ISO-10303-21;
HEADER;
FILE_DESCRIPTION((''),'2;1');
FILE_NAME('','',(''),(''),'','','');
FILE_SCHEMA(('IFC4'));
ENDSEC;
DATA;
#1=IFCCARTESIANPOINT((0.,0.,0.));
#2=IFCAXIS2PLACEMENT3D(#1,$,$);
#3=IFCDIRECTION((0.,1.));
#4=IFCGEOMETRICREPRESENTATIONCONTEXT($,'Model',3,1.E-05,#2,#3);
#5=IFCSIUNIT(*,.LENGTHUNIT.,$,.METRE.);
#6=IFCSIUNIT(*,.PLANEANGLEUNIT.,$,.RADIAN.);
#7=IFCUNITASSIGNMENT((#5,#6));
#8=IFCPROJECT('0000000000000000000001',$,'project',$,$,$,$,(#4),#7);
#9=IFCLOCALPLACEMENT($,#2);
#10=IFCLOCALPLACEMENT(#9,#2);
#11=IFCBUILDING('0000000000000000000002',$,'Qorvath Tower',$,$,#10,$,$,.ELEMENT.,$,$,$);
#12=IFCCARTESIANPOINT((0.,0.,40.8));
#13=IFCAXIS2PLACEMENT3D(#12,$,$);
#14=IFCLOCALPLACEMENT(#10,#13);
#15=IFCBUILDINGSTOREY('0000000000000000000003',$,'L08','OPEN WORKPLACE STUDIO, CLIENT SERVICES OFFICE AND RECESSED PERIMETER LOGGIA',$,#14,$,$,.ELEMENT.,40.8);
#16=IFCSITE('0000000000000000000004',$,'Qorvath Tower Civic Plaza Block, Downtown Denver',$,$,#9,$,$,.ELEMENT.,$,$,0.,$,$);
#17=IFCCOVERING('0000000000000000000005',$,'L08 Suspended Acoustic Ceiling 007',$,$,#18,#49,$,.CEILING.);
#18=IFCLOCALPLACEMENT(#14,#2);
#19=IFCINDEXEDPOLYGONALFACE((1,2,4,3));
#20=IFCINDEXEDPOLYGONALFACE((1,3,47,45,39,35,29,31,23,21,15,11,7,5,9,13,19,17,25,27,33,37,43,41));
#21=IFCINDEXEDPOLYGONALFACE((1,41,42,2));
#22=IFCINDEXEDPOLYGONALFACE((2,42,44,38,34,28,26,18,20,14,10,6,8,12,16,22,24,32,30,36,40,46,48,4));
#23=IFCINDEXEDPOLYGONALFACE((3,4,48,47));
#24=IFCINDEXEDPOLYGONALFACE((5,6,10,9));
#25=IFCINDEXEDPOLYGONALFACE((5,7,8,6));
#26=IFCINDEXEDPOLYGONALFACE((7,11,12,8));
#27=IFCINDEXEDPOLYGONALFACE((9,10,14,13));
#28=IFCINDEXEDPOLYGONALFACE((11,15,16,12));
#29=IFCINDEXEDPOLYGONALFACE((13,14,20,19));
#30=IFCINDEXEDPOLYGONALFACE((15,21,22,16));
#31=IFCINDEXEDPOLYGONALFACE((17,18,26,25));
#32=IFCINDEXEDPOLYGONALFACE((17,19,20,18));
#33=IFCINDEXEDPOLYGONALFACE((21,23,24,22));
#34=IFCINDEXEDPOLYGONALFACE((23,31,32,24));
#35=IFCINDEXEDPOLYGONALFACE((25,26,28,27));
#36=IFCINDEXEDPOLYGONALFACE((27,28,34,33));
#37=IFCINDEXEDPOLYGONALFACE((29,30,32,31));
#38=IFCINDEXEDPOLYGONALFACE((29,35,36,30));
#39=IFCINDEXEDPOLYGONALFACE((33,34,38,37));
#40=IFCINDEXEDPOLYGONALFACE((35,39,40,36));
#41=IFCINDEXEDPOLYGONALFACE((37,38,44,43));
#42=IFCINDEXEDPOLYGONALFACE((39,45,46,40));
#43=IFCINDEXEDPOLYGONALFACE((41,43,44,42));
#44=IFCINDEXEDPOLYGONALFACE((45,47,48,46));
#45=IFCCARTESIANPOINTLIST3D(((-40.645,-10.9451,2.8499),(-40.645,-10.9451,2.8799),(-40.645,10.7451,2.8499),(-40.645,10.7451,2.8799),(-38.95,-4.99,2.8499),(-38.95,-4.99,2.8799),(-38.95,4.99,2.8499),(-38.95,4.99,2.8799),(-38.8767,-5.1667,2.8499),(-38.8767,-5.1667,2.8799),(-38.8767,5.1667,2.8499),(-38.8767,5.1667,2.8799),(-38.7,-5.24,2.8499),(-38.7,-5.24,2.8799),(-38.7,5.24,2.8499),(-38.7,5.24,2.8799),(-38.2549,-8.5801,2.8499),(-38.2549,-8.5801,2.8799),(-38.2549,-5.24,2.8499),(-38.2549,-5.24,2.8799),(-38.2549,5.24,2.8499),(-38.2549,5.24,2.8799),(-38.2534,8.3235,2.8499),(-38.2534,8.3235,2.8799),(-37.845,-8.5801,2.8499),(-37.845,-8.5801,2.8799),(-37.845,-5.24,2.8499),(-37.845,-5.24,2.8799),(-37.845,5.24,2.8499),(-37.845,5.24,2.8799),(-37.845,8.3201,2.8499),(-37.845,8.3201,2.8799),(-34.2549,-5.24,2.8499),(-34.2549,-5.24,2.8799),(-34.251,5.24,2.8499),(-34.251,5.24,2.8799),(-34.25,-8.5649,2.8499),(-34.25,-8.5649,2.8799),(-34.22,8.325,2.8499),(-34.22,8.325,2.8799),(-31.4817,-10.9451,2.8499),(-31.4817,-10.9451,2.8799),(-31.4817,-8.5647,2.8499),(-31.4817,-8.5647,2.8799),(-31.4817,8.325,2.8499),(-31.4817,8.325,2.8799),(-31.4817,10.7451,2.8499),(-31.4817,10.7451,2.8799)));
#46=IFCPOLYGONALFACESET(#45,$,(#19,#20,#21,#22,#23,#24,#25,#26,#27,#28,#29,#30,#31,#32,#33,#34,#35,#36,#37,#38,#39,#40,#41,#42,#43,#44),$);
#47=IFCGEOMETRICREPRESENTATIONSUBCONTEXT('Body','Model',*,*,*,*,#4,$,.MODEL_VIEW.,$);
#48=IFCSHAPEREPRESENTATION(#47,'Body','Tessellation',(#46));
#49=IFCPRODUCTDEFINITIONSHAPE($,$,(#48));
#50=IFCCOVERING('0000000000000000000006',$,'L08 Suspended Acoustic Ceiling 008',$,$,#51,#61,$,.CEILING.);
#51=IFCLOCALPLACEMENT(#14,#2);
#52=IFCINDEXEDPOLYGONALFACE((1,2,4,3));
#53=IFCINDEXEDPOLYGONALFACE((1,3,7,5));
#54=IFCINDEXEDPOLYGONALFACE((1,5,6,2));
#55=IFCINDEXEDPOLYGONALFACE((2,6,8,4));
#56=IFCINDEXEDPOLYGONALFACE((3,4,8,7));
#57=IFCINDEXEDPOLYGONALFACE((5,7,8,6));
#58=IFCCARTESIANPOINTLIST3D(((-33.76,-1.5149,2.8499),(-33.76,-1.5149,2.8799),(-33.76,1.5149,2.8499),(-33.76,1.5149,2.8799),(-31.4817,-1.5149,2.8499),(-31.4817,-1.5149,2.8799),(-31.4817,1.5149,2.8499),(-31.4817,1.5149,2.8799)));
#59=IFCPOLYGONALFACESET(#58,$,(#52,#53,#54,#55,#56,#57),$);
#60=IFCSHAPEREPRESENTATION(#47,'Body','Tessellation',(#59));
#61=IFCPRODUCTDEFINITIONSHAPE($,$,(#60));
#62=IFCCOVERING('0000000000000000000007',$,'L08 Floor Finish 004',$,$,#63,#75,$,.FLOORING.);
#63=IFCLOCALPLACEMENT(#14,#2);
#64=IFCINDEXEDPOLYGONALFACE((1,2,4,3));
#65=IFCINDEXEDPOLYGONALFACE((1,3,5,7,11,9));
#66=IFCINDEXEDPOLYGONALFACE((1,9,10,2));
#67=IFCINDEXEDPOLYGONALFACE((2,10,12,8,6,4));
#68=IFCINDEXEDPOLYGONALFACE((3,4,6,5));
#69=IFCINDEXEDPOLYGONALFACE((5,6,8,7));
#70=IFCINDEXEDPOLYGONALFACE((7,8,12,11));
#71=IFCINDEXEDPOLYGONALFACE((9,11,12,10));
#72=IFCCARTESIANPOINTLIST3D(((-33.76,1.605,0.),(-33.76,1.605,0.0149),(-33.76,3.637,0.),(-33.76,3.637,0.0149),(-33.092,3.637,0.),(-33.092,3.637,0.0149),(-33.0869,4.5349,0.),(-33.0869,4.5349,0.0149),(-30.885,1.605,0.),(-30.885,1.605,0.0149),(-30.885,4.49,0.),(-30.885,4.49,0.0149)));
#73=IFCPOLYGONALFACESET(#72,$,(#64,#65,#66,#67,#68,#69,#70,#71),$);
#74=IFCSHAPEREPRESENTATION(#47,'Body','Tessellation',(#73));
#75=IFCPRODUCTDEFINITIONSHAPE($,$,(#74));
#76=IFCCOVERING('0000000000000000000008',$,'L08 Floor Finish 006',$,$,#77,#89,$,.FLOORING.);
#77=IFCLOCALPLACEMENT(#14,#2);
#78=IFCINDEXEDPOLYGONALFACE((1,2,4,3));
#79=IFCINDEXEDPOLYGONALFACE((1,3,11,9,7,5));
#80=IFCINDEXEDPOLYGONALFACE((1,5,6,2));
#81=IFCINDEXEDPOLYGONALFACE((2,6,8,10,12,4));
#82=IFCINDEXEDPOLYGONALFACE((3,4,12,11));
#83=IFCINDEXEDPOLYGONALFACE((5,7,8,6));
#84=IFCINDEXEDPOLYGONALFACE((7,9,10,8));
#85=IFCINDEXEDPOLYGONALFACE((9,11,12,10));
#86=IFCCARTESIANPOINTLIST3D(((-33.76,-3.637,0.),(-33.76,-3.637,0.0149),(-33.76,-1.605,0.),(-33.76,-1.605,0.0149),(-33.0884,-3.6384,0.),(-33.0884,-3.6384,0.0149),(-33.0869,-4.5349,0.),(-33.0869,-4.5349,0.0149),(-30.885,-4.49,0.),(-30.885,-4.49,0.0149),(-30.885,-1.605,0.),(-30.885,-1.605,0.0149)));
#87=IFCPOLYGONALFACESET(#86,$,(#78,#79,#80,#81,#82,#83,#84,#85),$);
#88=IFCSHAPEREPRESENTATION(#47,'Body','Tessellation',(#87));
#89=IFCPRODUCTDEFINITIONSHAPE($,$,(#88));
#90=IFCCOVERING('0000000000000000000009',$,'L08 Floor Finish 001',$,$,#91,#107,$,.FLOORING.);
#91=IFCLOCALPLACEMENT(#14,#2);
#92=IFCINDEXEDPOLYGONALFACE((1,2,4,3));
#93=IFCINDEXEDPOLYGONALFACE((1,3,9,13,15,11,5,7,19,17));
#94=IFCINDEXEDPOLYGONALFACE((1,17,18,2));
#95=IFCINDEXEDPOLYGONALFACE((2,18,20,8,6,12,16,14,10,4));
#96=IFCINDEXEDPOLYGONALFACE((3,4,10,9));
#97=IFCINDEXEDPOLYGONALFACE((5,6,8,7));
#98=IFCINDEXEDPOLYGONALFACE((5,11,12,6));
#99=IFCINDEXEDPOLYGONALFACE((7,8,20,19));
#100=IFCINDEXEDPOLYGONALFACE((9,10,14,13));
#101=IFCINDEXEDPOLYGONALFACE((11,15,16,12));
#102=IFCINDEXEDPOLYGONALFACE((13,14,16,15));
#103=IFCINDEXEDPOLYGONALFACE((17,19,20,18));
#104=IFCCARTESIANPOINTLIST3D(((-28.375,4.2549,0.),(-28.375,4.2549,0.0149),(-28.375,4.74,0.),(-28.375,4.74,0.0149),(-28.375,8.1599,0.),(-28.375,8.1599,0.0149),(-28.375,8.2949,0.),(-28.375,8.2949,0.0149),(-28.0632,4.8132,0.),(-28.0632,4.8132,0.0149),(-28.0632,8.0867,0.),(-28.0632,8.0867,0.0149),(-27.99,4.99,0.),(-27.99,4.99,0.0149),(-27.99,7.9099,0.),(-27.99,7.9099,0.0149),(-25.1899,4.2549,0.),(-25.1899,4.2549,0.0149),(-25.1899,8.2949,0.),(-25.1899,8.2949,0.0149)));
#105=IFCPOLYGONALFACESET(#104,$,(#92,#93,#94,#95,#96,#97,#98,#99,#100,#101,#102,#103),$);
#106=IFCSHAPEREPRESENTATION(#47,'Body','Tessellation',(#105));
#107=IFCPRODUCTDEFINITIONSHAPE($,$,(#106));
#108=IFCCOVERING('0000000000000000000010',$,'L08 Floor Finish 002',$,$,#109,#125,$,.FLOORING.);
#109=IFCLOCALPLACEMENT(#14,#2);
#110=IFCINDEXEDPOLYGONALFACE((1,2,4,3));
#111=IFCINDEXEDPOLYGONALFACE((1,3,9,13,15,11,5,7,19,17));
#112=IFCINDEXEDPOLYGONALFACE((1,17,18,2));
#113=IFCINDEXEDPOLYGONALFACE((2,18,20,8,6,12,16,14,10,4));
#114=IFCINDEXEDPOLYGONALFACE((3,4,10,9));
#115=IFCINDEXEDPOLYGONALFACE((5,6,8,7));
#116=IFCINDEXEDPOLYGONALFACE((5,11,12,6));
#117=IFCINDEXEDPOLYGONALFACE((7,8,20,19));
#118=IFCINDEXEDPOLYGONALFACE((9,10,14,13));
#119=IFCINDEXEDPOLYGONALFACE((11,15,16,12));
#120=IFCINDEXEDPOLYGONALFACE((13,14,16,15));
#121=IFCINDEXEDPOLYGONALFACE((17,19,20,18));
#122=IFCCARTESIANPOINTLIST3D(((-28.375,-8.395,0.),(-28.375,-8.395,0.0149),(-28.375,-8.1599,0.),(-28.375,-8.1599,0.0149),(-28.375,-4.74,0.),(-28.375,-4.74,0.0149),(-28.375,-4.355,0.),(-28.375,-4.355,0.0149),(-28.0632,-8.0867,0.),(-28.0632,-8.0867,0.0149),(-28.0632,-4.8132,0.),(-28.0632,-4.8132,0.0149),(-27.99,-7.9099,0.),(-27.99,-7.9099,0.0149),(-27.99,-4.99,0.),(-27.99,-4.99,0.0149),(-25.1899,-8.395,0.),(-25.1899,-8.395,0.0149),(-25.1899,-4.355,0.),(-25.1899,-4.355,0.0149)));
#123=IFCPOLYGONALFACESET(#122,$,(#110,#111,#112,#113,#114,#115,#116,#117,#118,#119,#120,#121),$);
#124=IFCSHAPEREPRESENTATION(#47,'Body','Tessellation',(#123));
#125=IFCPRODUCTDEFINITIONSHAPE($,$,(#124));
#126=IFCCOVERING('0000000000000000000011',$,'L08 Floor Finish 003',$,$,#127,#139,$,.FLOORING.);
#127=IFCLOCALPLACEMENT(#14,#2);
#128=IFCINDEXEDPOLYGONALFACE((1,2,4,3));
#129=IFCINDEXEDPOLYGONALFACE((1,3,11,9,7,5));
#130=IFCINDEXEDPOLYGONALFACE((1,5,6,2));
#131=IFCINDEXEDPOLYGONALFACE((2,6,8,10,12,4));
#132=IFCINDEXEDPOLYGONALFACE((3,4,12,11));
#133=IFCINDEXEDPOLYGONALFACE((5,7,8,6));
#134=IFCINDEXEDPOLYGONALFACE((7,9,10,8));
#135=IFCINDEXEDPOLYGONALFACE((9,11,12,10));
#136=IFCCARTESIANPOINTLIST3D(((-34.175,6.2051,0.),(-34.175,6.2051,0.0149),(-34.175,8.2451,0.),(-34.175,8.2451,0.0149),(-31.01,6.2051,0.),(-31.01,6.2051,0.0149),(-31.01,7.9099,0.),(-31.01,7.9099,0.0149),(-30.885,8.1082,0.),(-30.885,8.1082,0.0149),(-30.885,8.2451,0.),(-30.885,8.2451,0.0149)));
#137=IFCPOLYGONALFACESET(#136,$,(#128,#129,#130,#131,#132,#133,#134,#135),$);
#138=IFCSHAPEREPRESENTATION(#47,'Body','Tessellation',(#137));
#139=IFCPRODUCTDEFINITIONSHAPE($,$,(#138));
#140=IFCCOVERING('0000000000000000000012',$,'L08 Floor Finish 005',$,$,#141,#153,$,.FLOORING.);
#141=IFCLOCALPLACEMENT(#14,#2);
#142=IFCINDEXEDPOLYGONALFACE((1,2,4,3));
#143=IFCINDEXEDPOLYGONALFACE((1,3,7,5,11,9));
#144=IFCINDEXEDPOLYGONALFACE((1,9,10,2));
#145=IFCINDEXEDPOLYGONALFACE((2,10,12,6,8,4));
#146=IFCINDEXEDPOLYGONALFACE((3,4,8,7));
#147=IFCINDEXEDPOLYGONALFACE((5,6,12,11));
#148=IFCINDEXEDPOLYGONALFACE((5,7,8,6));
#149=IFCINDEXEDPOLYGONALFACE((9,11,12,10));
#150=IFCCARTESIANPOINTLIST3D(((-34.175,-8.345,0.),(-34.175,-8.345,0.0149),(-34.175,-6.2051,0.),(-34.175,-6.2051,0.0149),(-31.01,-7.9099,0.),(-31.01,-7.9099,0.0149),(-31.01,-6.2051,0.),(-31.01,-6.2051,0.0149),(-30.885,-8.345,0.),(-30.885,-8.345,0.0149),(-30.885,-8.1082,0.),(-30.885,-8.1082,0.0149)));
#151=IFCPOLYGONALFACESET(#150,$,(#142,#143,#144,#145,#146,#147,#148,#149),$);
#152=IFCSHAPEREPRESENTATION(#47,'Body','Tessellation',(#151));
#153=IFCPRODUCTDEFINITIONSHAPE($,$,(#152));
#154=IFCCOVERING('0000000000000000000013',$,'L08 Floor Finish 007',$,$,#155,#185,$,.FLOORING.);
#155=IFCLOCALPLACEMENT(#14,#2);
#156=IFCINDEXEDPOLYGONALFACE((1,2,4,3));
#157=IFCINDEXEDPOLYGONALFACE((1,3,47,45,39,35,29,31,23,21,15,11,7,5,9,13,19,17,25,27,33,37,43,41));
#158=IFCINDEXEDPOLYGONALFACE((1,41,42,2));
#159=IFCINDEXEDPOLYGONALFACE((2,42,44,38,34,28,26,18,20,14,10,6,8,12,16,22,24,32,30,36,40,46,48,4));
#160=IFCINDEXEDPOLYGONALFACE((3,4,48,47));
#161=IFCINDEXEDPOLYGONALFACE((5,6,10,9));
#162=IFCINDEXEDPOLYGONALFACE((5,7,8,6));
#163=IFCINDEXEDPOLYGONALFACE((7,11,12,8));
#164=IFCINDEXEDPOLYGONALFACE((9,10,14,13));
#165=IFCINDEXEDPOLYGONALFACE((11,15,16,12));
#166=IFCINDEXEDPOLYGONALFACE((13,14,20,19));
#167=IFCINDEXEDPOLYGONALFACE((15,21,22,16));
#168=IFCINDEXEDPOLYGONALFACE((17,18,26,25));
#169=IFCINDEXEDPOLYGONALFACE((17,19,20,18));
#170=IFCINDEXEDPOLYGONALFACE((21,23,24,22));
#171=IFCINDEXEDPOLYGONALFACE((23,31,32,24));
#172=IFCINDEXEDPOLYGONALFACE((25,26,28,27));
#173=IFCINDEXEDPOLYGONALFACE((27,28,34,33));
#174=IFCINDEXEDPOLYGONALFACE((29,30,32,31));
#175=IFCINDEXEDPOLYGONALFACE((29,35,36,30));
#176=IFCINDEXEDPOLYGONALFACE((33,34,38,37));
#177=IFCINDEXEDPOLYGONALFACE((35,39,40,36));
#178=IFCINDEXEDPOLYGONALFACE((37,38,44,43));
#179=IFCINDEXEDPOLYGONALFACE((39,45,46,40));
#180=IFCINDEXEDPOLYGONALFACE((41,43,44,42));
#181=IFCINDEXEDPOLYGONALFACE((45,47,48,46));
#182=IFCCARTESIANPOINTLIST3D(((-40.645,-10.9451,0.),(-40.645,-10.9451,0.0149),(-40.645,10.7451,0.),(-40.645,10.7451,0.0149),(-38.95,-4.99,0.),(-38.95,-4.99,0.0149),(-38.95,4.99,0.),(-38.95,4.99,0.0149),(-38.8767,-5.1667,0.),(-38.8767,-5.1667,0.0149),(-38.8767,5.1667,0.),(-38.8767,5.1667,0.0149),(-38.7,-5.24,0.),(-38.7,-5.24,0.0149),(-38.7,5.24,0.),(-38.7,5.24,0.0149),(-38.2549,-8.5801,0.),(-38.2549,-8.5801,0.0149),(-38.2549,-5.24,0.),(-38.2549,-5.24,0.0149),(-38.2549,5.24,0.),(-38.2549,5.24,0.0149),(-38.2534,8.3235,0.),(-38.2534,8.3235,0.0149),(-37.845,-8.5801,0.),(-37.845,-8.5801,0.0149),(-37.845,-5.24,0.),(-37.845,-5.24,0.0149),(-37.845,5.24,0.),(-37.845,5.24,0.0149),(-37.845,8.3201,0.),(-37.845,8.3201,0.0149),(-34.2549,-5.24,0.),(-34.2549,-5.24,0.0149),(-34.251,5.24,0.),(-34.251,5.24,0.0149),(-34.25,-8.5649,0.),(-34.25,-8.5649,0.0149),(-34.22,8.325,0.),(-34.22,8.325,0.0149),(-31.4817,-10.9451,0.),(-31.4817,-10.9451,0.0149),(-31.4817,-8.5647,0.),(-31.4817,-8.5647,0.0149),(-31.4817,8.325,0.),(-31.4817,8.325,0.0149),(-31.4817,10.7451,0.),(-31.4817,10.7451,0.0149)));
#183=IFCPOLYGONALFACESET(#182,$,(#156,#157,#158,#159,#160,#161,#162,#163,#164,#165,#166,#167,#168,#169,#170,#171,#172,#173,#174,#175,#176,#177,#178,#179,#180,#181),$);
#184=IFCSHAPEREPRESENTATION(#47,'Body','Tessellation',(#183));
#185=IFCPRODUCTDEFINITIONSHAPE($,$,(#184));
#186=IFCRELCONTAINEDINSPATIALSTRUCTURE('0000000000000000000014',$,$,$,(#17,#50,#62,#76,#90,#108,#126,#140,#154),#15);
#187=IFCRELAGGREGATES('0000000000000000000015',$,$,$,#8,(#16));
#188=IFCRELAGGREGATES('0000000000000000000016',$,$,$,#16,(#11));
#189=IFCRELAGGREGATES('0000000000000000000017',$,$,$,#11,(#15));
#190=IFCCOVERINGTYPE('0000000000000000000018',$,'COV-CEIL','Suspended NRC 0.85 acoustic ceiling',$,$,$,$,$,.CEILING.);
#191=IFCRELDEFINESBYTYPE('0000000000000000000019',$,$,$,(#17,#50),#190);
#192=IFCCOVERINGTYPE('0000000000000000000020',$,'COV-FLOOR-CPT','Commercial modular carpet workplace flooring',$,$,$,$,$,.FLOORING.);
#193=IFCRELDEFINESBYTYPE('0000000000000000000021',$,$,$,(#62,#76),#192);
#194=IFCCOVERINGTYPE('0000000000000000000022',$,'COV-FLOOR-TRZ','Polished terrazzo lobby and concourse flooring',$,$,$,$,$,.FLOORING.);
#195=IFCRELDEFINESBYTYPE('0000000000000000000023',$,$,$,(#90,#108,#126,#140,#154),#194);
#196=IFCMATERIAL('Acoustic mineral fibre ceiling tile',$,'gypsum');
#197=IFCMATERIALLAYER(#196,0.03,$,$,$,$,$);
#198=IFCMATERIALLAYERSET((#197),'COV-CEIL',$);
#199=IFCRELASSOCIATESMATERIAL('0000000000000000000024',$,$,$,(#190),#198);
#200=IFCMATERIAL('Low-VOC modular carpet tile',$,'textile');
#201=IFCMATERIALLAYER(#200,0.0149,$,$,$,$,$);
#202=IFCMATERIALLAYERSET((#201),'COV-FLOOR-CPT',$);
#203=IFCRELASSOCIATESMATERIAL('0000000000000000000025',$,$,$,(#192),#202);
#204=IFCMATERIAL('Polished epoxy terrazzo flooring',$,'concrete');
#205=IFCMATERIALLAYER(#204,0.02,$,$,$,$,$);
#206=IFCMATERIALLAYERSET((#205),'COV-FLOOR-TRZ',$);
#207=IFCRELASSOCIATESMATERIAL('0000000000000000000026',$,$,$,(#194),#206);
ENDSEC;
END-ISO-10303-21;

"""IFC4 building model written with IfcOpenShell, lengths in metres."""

from ifc_helpers import new_model, si_unit, direction, frame, origin, place, context, subcontext, project, spatial, polyline, outline, extrude, material, layer, layer_set, type_object, element, save


model = new_model("IFC4")

# Units and contexts
model_context = context("Model", 3, precision=1e-05, world=origin(), true_north=direction((0.0, 1.0)))
body_context = subcontext(model_context, "Body", "Model", "MODEL_VIEW")
ifc_project = project(units=[si_unit("LENGTHUNIT", "METRE"), si_unit("PLANEANGLEUNIT", "RADIAN")], contexts=[model_context])

# Site, building, storey
site_placement = place(None, origin())
site = spatial("IfcSite", under=ifc_project, at=site_placement, Name="Qorvath Tower Civic Plaza Block, Downtown Denver", CompositionType="ELEMENT", RefElevation=0.0)
building_placement = place(site_placement, origin())
building = spatial("IfcBuilding", under=site, at=building_placement, Name="Qorvath Tower", CompositionType="ELEMENT")
storey_placement = place(building_placement, frame((0.0, 0.0, 40.8)))
storey = spatial("IfcBuildingStorey", under=building, at=storey_placement, Name="L08", Description="OPEN WORKPLACE STUDIO, CLIENT SERVICES OFFICE AND RECESSED PERIMETER LOGGIA", CompositionType="ELEMENT", Elevation=40.8)

# Coverings
ifc_material_1 = material(Name="Acoustic mineral fibre ceiling tile", Category="gypsum")
ifc_layer_1 = layer(ifc_material_1, 0.03)
ifc_layer_set_1 = layer_set([ifc_layer_1], Name="COV-CEIL")
covering_type_1 = type_object("IfcCoveringType", Name="COV-CEIL", Description="Suspended NRC 0.85 acoustic ceiling", PredefinedType="CEILING", material=ifc_layer_set_1)
covering_1_placement = place(storey_placement, frame((0.0, 0.0, 2.8499)))
element("IfcCovering", 1, at=covering_1_placement, inside=storey, type_object=covering_type_1, Name="L08 Suspended Acoustic Ceiling 007", PredefinedType="CEILING", context=body_context, shape_type="SweptSolid", body=[
    extrude(outline(polyline([(-31.4817, -10.9451), (-31.4817, -8.5647), (-34.25, -8.5649), (-34.2549, -5.24), (-37.845, -5.24), (-37.845, -8.5801), (-38.2549, -8.5801), (-38.2549, -5.24), (-38.7, -5.24), (-38.8767, -5.1667), (-38.95, -4.99), (-38.95, 4.99), (-38.8767, 5.1667), (-38.7, 5.24), (-38.2549, 5.24), (-38.2534, 8.3235), (-37.845, 8.3201), (-37.845, 5.24), (-34.251, 5.24), (-34.22, 8.325), (-31.4817, 8.325), (-31.4817, 10.7451), (-40.645, 10.7451), (-40.645, -10.9451), (-31.4817, -10.9451)])), origin(), (0.0, 0.0, 1.0), 0.03),
])
covering_2_placement = place(storey_placement, frame((0.0, 0.0, 2.8499)))
element("IfcCovering", 2, at=covering_2_placement, inside=storey, type_object=covering_type_1, Name="L08 Suspended Acoustic Ceiling 008", PredefinedType="CEILING", context=body_context, shape_type="SweptSolid", body=[
    extrude(outline(polyline([(-31.4817, -1.5149), (-31.4817, 1.5149), (-33.76, 1.5149), (-33.76, -1.5149), (-31.4817, -1.5149)])), origin(), (0.0, 0.0, 1.0), 0.03),
])
ifc_material_2 = material(Name="Low-VOC modular carpet tile", Category="textile")
ifc_layer_2 = layer(ifc_material_2, 0.0149)
ifc_layer_set_2 = layer_set([ifc_layer_2], Name="COV-FLOOR-CPT")
covering_type_2 = type_object("IfcCoveringType", Name="COV-FLOOR-CPT", Description="Commercial modular carpet workplace flooring", PredefinedType="FLOORING", material=ifc_layer_set_2)
covering_3_placement = place(storey_placement, origin())
element("IfcCovering", 3, at=covering_3_placement, inside=storey, type_object=covering_type_2, Name="L08 Floor Finish 004", PredefinedType="FLOORING", context=body_context, shape_type="SweptSolid", body=[
    extrude(outline(polyline([(-33.76, 3.637), (-33.76, 1.605), (-30.885, 1.605), (-30.885, 4.49), (-33.0869, 4.5349), (-33.092, 3.637), (-33.76, 3.637)])), origin(), (0.0, 0.0, 1.0), 0.0149),
])
covering_4_placement = place(storey_placement, origin())
element("IfcCovering", 4, at=covering_4_placement, inside=storey, type_object=covering_type_2, Name="L08 Floor Finish 006", PredefinedType="FLOORING", context=body_context, shape_type="SweptSolid", body=[
    extrude(outline(polyline([(-30.885, -1.605), (-33.76, -1.605), (-33.76, -3.637), (-33.0884, -3.6384), (-33.0869, -4.5349), (-30.885, -4.49), (-30.885, -1.605)])), origin(), (0.0, 0.0, 1.0), 0.0149),
])
ifc_material_3 = material(Name="Polished epoxy terrazzo flooring", Category="concrete")
ifc_layer_3 = layer(ifc_material_3, 0.02)
ifc_layer_set_3 = layer_set([ifc_layer_3], Name="COV-FLOOR-TRZ")
covering_type_3 = type_object("IfcCoveringType", Name="COV-FLOOR-TRZ", Description="Polished terrazzo lobby and concourse flooring", PredefinedType="FLOORING", material=ifc_layer_set_3)
covering_5_placement = place(storey_placement, origin())
element("IfcCovering", 5, at=covering_5_placement, inside=storey, type_object=covering_type_3, Name="L08 Floor Finish 001", PredefinedType="FLOORING", context=body_context, shape_type="SweptSolid", body=[
    extrude(outline(polyline([(-25.1899, 4.2549), (-25.1899, 8.2949), (-28.375, 8.2949), (-28.375, 8.1599), (-28.0632, 8.0867), (-27.99, 7.9099), (-27.99, 4.99), (-28.0632, 4.8132), (-28.375, 4.74), (-28.375, 4.2549), (-25.1899, 4.2549)])), origin(), (0.0, 0.0, 1.0), 0.0149),
])
covering_6_placement = place(storey_placement, origin())
element("IfcCovering", 6, at=covering_6_placement, inside=storey, type_object=covering_type_3, Name="L08 Floor Finish 002", PredefinedType="FLOORING", context=body_context, shape_type="SweptSolid", body=[
    extrude(outline(polyline([(-25.1899, -8.395), (-25.1899, -4.355), (-28.375, -4.355), (-28.375, -4.74), (-28.0632, -4.8132), (-27.99, -4.99), (-27.99, -7.9099), (-28.0632, -8.0867), (-28.375, -8.1599), (-28.375, -8.395), (-25.1899, -8.395)])), origin(), (0.0, 0.0, 1.0), 0.0149),
])
covering_7_placement = place(storey_placement, origin())
element("IfcCovering", 7, at=covering_7_placement, inside=storey, type_object=covering_type_3, Name="L08 Floor Finish 003", PredefinedType="FLOORING", context=body_context, shape_type="SweptSolid", body=[
    extrude(outline(polyline([(-31.01, 6.2051), (-31.01, 7.9099), (-30.885, 8.1082), (-30.885, 8.2451), (-34.175, 8.2451), (-34.175, 6.2051), (-31.01, 6.2051)])), origin(), (0.0, 0.0, 1.0), 0.0149),
])
covering_8_placement = place(storey_placement, origin())
element("IfcCovering", 8, at=covering_8_placement, inside=storey, type_object=covering_type_3, Name="L08 Floor Finish 005", PredefinedType="FLOORING", context=body_context, shape_type="SweptSolid", body=[
    extrude(outline(polyline([(-30.885, -8.345), (-30.885, -8.1082), (-31.01, -7.9099), (-31.01, -6.2051), (-34.175, -6.2051), (-34.175, -8.345), (-30.885, -8.345)])), origin(), (0.0, 0.0, 1.0), 0.0149),
])
covering_9_placement = place(storey_placement, origin())
element("IfcCovering", 9, at=covering_9_placement, inside=storey, type_object=covering_type_3, Name="L08 Floor Finish 007", PredefinedType="FLOORING", context=body_context, shape_type="SweptSolid", body=[
    extrude(outline(polyline([(-31.4817, -10.9451), (-31.4817, -8.5647), (-34.25, -8.5649), (-34.2549, -5.24), (-37.845, -5.24), (-37.845, -8.5801), (-38.2549, -8.5801), (-38.2549, -5.24), (-38.7, -5.24), (-38.8767, -5.1667), (-38.95, -4.99), (-38.95, 4.99), (-38.8767, 5.1667), (-38.7, 5.24), (-38.2549, 5.24), (-38.2534, 8.3235), (-37.845, 8.3201), (-37.845, 5.24), (-34.251, 5.24), (-34.22, 8.325), (-31.4817, 8.325), (-31.4817, 10.7451), (-40.645, 10.7451), (-40.645, -10.9451), (-31.4817, -10.9451)])), origin(), (0.0, 0.0, 1.0), 0.0149),
])

save(model, "model.ifc")
